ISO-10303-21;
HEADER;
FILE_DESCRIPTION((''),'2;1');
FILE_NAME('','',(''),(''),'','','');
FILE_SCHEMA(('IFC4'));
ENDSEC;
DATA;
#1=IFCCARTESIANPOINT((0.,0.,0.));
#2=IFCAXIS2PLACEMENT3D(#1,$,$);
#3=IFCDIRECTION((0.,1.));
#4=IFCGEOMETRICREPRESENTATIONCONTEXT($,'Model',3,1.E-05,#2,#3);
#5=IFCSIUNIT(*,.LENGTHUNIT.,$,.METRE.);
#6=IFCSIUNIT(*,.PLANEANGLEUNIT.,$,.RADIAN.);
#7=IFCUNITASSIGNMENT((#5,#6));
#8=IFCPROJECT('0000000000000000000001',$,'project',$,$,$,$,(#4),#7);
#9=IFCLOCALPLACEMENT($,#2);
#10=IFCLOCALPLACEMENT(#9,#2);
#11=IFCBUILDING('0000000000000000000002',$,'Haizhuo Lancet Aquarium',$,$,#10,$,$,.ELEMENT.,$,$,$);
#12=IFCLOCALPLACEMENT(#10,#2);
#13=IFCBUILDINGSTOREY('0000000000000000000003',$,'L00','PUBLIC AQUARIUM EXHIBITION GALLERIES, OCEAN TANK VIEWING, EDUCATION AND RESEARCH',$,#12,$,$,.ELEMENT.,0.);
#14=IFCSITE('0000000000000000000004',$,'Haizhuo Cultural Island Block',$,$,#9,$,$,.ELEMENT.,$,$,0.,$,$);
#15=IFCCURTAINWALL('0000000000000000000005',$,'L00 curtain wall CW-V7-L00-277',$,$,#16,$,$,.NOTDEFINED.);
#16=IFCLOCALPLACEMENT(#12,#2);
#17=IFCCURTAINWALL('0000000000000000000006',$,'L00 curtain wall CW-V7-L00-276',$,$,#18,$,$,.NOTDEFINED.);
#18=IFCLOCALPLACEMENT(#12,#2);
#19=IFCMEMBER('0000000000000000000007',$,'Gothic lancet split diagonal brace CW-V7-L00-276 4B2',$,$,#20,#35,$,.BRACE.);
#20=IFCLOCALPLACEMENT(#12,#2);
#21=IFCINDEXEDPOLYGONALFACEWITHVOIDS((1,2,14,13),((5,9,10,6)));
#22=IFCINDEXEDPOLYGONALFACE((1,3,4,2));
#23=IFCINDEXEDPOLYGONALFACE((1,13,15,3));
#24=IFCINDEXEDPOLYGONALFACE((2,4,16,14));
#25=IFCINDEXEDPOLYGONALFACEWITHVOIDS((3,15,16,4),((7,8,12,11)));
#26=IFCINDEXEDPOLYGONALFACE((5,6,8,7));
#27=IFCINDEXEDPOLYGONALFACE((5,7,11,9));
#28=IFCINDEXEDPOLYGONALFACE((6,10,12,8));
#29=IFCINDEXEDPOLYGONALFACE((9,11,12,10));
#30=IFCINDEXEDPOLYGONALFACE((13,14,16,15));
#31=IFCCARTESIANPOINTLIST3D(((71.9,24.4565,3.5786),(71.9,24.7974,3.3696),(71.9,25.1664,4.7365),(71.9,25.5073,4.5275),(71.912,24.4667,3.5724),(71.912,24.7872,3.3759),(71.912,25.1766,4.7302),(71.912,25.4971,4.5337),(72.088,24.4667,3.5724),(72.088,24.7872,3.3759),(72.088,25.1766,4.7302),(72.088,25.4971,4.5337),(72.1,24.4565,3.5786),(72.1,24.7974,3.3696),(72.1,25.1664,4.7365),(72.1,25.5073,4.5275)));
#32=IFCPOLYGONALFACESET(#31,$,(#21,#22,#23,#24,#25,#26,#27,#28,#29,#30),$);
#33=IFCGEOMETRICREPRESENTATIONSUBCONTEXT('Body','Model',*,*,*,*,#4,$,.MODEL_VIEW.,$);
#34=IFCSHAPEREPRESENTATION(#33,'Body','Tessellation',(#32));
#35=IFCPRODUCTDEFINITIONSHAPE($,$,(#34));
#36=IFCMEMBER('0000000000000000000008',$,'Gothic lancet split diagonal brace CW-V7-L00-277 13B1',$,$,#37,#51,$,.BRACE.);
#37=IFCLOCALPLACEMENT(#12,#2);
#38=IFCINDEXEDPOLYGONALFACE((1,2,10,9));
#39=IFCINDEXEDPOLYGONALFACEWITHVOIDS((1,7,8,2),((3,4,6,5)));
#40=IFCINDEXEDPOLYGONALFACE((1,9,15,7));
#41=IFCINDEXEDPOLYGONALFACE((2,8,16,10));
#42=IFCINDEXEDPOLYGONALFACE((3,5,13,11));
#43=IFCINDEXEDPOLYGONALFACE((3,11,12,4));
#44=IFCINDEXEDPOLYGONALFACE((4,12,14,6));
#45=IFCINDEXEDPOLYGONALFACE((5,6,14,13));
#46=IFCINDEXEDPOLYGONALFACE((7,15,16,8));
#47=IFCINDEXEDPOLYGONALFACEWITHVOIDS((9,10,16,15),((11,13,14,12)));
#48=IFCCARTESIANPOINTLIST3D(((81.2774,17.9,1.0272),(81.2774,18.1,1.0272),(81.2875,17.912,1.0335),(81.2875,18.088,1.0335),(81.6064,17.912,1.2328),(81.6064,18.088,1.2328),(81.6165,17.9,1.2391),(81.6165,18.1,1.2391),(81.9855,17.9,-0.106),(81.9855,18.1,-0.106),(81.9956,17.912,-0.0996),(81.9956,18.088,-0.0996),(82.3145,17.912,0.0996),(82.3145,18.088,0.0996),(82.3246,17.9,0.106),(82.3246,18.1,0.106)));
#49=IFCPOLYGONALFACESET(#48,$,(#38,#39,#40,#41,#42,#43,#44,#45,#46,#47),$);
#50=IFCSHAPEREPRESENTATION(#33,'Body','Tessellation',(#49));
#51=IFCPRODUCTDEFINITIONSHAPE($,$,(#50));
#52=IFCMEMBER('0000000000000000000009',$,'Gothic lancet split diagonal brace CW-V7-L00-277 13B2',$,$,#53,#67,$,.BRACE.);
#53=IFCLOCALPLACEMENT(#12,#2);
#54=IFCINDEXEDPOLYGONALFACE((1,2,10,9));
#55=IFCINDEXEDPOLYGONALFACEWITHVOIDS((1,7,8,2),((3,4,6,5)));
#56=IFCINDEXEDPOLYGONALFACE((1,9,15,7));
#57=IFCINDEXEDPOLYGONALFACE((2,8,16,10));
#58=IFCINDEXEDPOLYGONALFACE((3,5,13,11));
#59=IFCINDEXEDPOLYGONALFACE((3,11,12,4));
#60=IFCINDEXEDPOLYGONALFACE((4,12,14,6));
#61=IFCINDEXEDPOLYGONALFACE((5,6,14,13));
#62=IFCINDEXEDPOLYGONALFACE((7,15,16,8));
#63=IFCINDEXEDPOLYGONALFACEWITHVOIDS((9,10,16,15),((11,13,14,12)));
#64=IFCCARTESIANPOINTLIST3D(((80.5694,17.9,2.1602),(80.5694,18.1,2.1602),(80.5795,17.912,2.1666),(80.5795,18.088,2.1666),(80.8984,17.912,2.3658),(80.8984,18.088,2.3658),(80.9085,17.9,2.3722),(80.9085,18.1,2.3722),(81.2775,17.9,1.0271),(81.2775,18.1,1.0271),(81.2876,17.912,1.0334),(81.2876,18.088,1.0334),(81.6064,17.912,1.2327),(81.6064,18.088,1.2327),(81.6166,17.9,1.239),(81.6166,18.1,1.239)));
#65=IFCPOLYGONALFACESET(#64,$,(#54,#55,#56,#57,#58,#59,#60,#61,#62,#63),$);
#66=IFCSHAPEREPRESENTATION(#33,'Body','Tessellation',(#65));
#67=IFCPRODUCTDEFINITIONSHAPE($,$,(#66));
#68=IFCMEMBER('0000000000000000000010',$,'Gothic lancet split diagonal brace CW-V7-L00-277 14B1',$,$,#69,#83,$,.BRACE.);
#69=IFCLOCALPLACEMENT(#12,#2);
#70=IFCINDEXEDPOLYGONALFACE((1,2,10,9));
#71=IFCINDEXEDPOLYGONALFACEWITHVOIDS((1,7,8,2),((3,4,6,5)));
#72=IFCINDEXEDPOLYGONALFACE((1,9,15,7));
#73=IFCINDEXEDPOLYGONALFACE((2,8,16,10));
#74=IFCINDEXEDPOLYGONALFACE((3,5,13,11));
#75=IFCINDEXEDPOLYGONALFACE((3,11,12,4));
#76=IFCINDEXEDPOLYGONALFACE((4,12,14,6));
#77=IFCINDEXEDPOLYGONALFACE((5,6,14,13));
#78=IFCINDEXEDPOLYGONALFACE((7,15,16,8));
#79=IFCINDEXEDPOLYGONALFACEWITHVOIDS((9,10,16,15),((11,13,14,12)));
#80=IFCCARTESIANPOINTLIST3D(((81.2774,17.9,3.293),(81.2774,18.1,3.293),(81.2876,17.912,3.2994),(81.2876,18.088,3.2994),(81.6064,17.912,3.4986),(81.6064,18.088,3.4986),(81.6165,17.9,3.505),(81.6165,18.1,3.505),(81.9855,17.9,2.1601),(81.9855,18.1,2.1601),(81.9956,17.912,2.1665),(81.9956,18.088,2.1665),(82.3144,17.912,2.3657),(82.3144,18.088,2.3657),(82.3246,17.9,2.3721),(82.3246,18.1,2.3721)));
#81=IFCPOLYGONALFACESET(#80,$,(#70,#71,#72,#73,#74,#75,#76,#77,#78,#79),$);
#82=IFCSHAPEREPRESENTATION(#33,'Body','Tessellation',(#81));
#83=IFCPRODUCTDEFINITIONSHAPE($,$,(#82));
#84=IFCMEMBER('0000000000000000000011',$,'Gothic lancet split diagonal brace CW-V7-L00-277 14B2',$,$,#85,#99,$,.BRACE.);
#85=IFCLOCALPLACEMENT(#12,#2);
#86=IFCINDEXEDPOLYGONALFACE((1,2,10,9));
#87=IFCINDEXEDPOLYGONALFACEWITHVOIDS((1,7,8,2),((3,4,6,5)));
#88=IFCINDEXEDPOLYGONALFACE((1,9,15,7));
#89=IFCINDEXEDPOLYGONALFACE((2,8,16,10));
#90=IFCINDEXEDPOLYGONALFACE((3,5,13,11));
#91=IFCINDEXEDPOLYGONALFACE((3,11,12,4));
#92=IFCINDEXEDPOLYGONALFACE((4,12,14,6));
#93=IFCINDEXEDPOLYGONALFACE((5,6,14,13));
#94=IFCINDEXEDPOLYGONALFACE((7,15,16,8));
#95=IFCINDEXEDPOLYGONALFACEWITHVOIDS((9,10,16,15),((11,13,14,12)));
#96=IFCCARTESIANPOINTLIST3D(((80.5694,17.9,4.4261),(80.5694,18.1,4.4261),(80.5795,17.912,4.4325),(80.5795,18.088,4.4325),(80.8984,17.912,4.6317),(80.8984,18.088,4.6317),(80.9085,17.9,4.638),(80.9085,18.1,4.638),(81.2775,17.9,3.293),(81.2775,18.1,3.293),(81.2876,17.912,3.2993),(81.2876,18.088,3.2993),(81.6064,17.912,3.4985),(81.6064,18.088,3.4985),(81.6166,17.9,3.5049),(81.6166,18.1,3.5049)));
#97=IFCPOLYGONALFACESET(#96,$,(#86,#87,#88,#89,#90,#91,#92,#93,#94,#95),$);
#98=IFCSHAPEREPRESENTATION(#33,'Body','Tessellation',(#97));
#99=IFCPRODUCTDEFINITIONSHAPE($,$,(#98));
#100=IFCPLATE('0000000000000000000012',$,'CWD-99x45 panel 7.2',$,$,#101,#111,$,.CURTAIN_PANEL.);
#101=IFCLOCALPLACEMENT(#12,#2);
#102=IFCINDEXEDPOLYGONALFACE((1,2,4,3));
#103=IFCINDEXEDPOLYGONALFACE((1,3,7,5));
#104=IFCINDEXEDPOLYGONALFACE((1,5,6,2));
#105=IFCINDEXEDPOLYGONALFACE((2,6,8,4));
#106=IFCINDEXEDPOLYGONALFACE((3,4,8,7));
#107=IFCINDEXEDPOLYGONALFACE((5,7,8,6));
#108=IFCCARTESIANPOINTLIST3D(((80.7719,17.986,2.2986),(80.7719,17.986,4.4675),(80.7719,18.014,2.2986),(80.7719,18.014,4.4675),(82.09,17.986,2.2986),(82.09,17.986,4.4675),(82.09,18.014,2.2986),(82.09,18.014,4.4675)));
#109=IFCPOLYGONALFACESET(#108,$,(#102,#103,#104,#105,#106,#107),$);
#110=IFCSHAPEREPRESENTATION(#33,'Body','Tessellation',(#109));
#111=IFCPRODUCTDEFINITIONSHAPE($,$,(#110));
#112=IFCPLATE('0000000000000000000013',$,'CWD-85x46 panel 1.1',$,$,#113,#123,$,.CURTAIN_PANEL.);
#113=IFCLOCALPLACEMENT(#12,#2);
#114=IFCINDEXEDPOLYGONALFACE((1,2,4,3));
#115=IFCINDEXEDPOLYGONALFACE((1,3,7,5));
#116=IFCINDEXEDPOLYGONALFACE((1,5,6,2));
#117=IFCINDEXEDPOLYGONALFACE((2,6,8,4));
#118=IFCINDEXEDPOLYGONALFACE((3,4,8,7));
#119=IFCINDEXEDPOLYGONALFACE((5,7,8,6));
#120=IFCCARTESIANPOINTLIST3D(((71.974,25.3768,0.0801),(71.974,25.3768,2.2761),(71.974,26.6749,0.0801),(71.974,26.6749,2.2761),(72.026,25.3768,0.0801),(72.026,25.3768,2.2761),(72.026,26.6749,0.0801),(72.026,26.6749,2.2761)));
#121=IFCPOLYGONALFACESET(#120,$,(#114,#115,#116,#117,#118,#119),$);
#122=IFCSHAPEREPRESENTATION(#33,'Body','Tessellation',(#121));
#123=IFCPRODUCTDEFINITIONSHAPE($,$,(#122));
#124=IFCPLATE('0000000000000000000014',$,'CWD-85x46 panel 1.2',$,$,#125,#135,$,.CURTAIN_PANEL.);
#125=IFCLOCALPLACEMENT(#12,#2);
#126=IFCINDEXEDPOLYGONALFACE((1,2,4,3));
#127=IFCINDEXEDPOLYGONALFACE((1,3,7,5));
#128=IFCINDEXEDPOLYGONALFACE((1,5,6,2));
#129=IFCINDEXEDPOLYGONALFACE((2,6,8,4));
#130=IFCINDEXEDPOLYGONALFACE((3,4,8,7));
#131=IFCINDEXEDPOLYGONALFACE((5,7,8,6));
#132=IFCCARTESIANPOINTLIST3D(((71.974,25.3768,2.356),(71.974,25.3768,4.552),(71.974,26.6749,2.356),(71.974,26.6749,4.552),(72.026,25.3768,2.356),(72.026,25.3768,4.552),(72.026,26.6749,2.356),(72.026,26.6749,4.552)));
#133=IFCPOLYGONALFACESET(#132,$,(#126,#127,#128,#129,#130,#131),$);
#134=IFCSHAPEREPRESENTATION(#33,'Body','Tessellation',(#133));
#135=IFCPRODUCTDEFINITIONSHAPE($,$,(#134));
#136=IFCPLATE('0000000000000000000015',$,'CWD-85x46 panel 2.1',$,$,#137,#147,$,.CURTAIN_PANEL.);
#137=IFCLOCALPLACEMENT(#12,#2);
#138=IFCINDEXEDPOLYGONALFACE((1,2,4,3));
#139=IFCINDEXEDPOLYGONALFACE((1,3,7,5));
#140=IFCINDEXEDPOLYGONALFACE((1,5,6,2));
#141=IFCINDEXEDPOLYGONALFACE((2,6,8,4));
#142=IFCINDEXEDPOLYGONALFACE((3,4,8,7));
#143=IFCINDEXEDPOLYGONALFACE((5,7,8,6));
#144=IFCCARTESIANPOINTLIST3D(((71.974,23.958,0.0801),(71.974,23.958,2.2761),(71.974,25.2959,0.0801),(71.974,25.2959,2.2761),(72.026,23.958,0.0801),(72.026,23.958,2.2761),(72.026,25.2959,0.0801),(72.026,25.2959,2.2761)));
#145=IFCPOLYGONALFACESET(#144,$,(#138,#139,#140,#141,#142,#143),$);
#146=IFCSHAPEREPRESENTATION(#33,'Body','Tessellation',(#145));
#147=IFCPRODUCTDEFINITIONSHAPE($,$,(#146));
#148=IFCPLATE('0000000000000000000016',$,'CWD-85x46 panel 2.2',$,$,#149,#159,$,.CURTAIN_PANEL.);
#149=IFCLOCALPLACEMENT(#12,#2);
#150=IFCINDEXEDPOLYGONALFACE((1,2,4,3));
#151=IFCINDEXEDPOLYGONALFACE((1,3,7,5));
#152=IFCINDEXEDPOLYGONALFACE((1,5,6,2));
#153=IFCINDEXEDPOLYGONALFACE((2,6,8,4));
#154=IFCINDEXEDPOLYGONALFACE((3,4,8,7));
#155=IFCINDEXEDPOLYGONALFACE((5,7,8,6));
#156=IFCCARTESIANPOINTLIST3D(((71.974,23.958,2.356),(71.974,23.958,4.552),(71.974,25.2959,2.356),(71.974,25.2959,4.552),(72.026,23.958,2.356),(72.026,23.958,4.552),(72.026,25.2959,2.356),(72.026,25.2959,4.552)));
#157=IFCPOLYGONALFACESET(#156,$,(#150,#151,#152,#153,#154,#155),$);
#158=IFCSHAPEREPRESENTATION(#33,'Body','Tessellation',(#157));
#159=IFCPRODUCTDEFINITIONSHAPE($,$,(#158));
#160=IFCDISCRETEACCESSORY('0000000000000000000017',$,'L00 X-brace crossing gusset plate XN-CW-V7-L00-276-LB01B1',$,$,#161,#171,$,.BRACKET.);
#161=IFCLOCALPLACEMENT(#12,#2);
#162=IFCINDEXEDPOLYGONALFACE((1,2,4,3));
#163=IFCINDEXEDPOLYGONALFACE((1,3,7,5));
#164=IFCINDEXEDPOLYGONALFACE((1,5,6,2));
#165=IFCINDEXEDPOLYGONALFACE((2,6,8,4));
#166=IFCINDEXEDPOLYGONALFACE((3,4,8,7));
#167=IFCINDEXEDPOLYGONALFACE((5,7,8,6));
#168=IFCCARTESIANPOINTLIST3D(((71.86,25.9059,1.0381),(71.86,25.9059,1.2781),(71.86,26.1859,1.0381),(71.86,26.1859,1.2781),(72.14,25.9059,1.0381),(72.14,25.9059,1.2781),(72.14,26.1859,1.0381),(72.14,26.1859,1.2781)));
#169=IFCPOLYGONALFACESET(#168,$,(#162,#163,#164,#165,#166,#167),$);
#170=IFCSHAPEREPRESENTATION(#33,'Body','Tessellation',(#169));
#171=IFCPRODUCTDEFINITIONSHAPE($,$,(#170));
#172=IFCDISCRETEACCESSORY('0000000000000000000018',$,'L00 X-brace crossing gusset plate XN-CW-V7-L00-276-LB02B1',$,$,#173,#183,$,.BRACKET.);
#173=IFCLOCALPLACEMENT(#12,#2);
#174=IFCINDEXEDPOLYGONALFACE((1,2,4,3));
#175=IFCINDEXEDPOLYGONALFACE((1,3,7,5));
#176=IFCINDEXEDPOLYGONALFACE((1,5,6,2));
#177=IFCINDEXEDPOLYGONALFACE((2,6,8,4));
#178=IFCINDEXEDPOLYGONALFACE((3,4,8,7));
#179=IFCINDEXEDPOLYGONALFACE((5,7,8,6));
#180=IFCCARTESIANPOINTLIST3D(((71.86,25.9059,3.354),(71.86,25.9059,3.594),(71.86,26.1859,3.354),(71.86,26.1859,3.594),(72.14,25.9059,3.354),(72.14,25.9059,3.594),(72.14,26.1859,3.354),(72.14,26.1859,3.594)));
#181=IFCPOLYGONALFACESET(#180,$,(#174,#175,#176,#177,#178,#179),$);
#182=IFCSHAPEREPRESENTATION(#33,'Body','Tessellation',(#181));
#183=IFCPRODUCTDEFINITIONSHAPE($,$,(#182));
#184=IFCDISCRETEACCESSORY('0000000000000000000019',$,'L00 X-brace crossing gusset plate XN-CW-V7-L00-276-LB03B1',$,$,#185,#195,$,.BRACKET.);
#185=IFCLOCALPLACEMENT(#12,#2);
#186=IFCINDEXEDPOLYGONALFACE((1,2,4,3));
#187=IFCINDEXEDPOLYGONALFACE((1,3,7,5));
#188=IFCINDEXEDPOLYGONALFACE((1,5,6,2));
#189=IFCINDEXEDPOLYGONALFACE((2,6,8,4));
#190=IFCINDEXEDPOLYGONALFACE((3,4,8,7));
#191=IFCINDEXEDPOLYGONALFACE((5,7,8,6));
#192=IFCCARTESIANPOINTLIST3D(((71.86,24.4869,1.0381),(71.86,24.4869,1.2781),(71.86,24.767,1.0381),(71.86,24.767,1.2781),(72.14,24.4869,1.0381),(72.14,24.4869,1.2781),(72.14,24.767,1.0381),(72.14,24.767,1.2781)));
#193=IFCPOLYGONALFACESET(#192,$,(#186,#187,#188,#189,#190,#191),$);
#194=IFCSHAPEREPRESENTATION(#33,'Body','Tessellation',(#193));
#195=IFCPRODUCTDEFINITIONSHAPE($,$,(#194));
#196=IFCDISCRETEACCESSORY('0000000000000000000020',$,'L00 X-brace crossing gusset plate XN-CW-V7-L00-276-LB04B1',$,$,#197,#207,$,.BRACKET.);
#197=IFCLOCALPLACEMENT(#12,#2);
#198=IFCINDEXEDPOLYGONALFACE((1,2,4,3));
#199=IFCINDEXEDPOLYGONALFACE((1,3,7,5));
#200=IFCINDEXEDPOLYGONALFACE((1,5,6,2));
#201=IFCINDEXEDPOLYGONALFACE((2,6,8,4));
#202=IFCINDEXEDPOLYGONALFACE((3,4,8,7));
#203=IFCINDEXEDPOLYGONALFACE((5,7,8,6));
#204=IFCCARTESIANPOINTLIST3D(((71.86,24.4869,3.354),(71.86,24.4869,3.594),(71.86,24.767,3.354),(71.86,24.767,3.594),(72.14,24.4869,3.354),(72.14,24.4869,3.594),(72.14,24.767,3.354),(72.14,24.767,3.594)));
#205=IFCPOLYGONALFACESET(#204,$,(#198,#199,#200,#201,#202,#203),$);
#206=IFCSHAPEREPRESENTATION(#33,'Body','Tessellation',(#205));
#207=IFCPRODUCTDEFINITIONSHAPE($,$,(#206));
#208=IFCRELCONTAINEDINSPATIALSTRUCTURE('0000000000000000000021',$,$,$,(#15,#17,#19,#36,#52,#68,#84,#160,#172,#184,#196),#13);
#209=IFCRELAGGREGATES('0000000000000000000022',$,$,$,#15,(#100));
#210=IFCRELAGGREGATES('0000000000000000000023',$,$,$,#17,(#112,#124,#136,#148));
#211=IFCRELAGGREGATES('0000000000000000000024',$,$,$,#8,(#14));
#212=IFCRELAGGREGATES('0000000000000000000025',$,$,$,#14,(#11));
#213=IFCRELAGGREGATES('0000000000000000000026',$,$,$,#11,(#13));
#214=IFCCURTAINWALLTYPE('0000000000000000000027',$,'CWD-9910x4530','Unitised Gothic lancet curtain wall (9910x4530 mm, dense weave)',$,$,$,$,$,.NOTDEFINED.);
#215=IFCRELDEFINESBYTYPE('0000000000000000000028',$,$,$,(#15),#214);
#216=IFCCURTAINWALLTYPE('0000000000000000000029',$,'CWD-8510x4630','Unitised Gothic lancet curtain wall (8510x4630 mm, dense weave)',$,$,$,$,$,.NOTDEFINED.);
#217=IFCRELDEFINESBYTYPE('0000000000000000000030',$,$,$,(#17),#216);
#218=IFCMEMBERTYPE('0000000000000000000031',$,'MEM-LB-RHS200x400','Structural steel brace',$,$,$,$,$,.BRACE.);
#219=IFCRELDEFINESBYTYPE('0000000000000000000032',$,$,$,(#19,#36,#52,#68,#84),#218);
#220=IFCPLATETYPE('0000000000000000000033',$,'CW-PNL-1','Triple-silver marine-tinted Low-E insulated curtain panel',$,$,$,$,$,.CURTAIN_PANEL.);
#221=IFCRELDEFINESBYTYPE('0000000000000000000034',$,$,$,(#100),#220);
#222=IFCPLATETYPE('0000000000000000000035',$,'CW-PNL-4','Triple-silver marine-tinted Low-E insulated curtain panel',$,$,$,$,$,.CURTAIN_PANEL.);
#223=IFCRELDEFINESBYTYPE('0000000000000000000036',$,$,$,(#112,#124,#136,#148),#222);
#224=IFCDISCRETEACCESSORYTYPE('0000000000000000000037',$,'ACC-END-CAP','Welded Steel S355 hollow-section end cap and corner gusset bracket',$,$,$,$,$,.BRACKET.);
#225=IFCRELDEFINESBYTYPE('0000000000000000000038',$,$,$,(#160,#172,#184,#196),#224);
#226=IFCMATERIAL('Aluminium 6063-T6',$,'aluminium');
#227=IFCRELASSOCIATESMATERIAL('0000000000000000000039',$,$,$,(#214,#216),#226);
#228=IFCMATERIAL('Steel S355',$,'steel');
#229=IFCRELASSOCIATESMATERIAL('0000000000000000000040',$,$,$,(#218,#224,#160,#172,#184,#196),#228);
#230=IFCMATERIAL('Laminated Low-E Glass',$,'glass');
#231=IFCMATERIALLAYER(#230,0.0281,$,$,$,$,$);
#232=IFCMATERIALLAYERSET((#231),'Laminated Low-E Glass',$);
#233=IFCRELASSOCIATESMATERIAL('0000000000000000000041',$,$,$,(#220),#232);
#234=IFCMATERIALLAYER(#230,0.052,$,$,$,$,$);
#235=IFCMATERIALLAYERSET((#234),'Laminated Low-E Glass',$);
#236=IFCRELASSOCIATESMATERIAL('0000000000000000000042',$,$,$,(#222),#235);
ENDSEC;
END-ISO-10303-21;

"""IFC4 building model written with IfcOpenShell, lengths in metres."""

from ifc_helpers import new_model, si_unit, direction, frame, origin, origin_2d, place, context, subcontext, project, spatial, rectangle, hollow_rectangle, extrude, material, layer, layer_set, material_profile, profile_set, type_object, element, aggregate, save


model = new_model("IFC4")

# Units and contexts
model_context = context("Model", 3, precision=1e-05, world=origin(), true_north=direction((0.0, 1.0)))
body_context = subcontext(model_context, "Body", "Model", "MODEL_VIEW")
ifc_project = project(units=[si_unit("LENGTHUNIT", "METRE"), si_unit("PLANEANGLEUNIT", "RADIAN")], contexts=[model_context])

# Site, building, storey
site_placement = place(None, origin())
site = spatial("IfcSite", under=ifc_project, at=site_placement, Name="Haizhuo Cultural Island Block", CompositionType="ELEMENT", RefElevation=0.0)
building_placement = place(site_placement, origin())
building = spatial("IfcBuilding", under=site, at=building_placement, Name="Haizhuo Lancet Aquarium", CompositionType="ELEMENT")
storey_placement = place(building_placement, origin())
storey = spatial("IfcBuildingStorey", under=building, at=storey_placement, Name="L00", Description="PUBLIC AQUARIUM EXHIBITION GALLERIES, OCEAN TANK VIEWING, EDUCATION AND RESEARCH", CompositionType="ELEMENT", Elevation=0.0)

# Shared definitions
ifc_material_1 = material(Name="Steel S355", Category="steel")

# Curtain wall
ifc_material_2 = material(Name="Aluminium 6063-T6", Category="aluminium")
curtain_wall_type_1 = type_object("IfcCurtainWallType", Name="CWD-9910x4530", Description="Unitised Gothic lancet curtain wall (9910x4530 mm, dense weave)", PredefinedType="NOTDEFINED", material=ifc_material_2)
curtain_wall_1_placement = place(storey_placement, origin())
curtain_wall_1 = element("IfcCurtainWall", 1, at=curtain_wall_1_placement, inside=storey, type_object=curtain_wall_type_1, Name="L00 curtain wall CW-V7-L00-277", PredefinedType="NOTDEFINED")

# Curtain wall
curtain_wall_type_2 = type_object("IfcCurtainWallType", Name="CWD-8510x4630", Description="Unitised Gothic lancet curtain wall (8510x4630 mm, dense weave)", PredefinedType="NOTDEFINED", material=ifc_material_2)
curtain_wall_2_placement = place(storey_placement, origin())
curtain_wall_2 = element("IfcCurtainWall", 2, at=curtain_wall_2_placement, inside=storey, type_object=curtain_wall_type_2, Name="L00 curtain wall CW-V7-L00-276", PredefinedType="NOTDEFINED")

# Members
ifc_material_profile_1 = material_profile(ifc_material_1, hollow_rectangle(XDim=0.2, YDim=0.3999, WallThickness=0.012, at=origin_2d()), Name="RHS 200x400x12")
ifc_profile_set_1 = profile_set([ifc_material_profile_1], Name="Steel S355")
member_type_1 = type_object("IfcMemberType", Name="MEM-LB-RHS200x400", Description="Structural steel brace", PredefinedType="BRACE", material=ifc_profile_set_1)
member_1_placement = place(storey_placement, frame((72.0, 24.627, 3.4741), z_axis=(0.0, 0.522693, 0.852521), x_axis=(-1.0, 0.0, 0.0)))
element("IfcMember", 3, at=member_1_placement, inside=storey, type_object=member_type_1, Name="Gothic lancet split diagonal brace CW-V7-L00-276 4B2", PredefinedType="BRACE", context=body_context, shape_type="SweptSolid", body=[
    extrude(hollow_rectangle(XDim=0.2, YDim=0.3999, WallThickness=0.012, at=origin_2d()), origin(), (0.0, 0.0, 1.0), 1.3582),
])
for number, where, z_axis, x_axis, name in (
    (4, (82.155, 18.0, 0.0), (-0.529917, 0.0, 0.84805), (0.0, -1.0, 0.0), "Gothic lancet split diagonal brace CW-V7-L00-277 13B1"),
    (5, (81.447, 18.0, 1.1331), (-0.529917, 0.0, 0.84805), (0.0, -1.0, 0.0), "Gothic lancet split diagonal brace CW-V7-L00-277 13B2"),
):
    element("IfcMember", number, at=place(storey_placement, frame(where, z_axis=z_axis, x_axis=x_axis)), inside=storey, type_object=member_type_1, Name=name, PredefinedType="BRACE", context=body_context, shape_type="SweptSolid", body=[
        extrude(hollow_rectangle(XDim=0.2, YDim=0.3999, WallThickness=0.012, at=origin_2d()), origin(), (0.0, 0.0, 1.0), 1.3362),
    ])
member_2_placement = place(storey_placement, frame((82.155, 18.0, 2.2661), z_axis=(-0.529999, 0.0, 0.847998), x_axis=(0.0, -1.0, 0.0)))
element("IfcMember", 6, at=member_2_placement, inside=storey, type_object=member_type_1, Name="Gothic lancet split diagonal brace CW-V7-L00-277 14B1", PredefinedType="BRACE", context=body_context, shape_type="SweptSolid", body=[
    extrude(hollow_rectangle(XDim=0.2, YDim=0.3999, WallThickness=0.012, at=origin_2d()), origin(), (0.0, 0.0, 1.0), 1.3359),
])
member_3_placement = place(storey_placement, frame((81.447, 18.0, 3.3989), z_axis=(-0.529917, 0.0, 0.84805), x_axis=(0.0, -1.0, 0.0)))
element("IfcMember", 7, at=member_3_placement, inside=storey, type_object=member_type_1, Name="Gothic lancet split diagonal brace CW-V7-L00-277 14B2", PredefinedType="BRACE", context=body_context, shape_type="SweptSolid", body=[
    extrude(hollow_rectangle(XDim=0.2, YDim=0.3999, WallThickness=0.012, at=origin_2d()), origin(), (0.0, 0.0, 1.0), 1.3362),
])

# Plates
ifc_material_3 = material(Name="Laminated Low-E Glass", Category="glass")
ifc_layer_1 = layer(ifc_material_3, 0.0281)
ifc_layer_set_1 = layer_set([ifc_layer_1], Name="Laminated Low-E Glass")
plate_type_1 = type_object("IfcPlateType", Name="CW-PNL-1", Description="Triple-silver marine-tinted Low-E insulated curtain panel", PredefinedType="CURTAIN_PANEL", material=ifc_layer_set_1)
plate_1_placement = place(storey_placement, frame((81.4309, 18.0, 2.2986), z_axis=(0.0, 0.0, 1.0), x_axis=(1.0, 0.0, 0.0)))
plate_1 = element("IfcPlate", 8, at=plate_1_placement, type_object=plate_type_1, Name="CWD-99x45 panel 7.2", PredefinedType="CURTAIN_PANEL", context=body_context, shape_type="SweptSolid", body=[
    extrude(rectangle(XDim=1.3181, YDim=0.0281, at=origin_2d()), origin(), (0.0, 0.0, 1.0), 2.1689),
])
aggregate(curtain_wall_1, [plate_1])
ifc_layer_2 = layer(ifc_material_3, 0.052)
ifc_layer_set_2 = layer_set([ifc_layer_2], Name="Laminated Low-E Glass")
plate_type_2 = type_object("IfcPlateType", Name="CW-PNL-4", Description="Triple-silver marine-tinted Low-E insulated curtain panel", PredefinedType="CURTAIN_PANEL", material=ifc_layer_set_2)
plate_2_placement = place(storey_placement, frame((72.0, 26.0259, 0.0801), z_axis=(0.0, 0.0, 1.0), x_axis=(0.0, -1.0, 0.0)))
plate_2 = element("IfcPlate", 9, at=plate_2_placement, type_object=plate_type_2, Name="CWD-85x46 panel 1.1", PredefinedType="CURTAIN_PANEL", context=body_context, shape_type="SweptSolid", body=[
    extrude(rectangle(XDim=1.2981, YDim=0.052, at=origin_2d()), origin(), (0.0, 0.0, 1.0), 2.196),
])
plate_3_placement = place(storey_placement, frame((72.0, 26.0259, 2.356), z_axis=(0.0, 0.0, 1.0), x_axis=(0.0, -1.0, 0.0)))
plate_3 = element("IfcPlate", 10, at=plate_3_placement, type_object=plate_type_2, Name="CWD-85x46 panel 1.2", PredefinedType="CURTAIN_PANEL", context=body_context, shape_type="SweptSolid", body=[
    extrude(rectangle(XDim=1.2981, YDim=0.052, at=origin_2d()), origin(), (0.0, 0.0, 1.0), 2.196),
])
plate_4_placement = place(storey_placement, frame((72.0, 24.627, 0.0801), z_axis=(0.0, 0.0, 1.0), x_axis=(0.0, -1.0, 0.0)))
plate_4 = element("IfcPlate", 11, at=plate_4_placement, type_object=plate_type_2, Name="CWD-85x46 panel 2.1", PredefinedType="CURTAIN_PANEL", context=body_context, shape_type="SweptSolid", body=[
    extrude(rectangle(XDim=1.3379, YDim=0.052, at=origin_2d()), origin(), (0.0, 0.0, 1.0), 2.196),
])
plate_5_placement = place(storey_placement, frame((72.0, 24.627, 2.356), z_axis=(0.0, 0.0, 1.0), x_axis=(0.0, -1.0, 0.0)))
plate_5 = element("IfcPlate", 12, at=plate_5_placement, type_object=plate_type_2, Name="CWD-85x46 panel 2.2", PredefinedType="CURTAIN_PANEL", context=body_context, shape_type="SweptSolid", body=[
    extrude(rectangle(XDim=1.3379, YDim=0.052, at=origin_2d()), origin(), (0.0, 0.0, 1.0), 2.196),
])
aggregate(curtain_wall_2, [plate_2, plate_3, plate_4, plate_5])

# Discrete accessories
discrete_accessory_type = type_object("IfcDiscreteAccessoryType", Name="ACC-END-CAP", Description="Welded Steel S355 hollow-section end cap and corner gusset bracket", PredefinedType="BRACKET", material=ifc_material_1)
for number, where, z_axis, x_axis, name in (
    (13, (72.0, 26.0459, 1.0381), (0.0, 0.0, 1.0), (1.0, 0.0, 0.0), "L00 X-brace crossing gusset plate XN-CW-V7-L00-276-LB01B1"),
    (14, (72.0, 26.0459, 3.354), (0.0, 0.0, 1.0), (1.0, 0.0, 0.0), "L00 X-brace crossing gusset plate XN-CW-V7-L00-276-LB02B1"),
    (15, (72.0, 24.627, 1.0381), (0.0, 0.0, 1.0), (1.0, 0.0, 0.0), "L00 X-brace crossing gusset plate XN-CW-V7-L00-276-LB03B1"),
    (16, (72.0, 24.627, 3.354), (0.0, 0.0, 1.0), (1.0, 0.0, 0.0), "L00 X-brace crossing gusset plate XN-CW-V7-L00-276-LB04B1"),
):
    element("IfcDiscreteAccessory", number, at=place(storey_placement, frame(where, z_axis=z_axis, x_axis=x_axis)), inside=storey, type_object=discrete_accessory_type, material=ifc_material_1, Name=name, PredefinedType="BRACKET", context=body_context, shape_type="SweptSolid", body=[
        extrude(rectangle(XDim=0.28, YDim=0.28, at=origin_2d()), origin(), (0.0, 0.0, 1.0), 0.24),
    ])

save(model, "model.ifc")
